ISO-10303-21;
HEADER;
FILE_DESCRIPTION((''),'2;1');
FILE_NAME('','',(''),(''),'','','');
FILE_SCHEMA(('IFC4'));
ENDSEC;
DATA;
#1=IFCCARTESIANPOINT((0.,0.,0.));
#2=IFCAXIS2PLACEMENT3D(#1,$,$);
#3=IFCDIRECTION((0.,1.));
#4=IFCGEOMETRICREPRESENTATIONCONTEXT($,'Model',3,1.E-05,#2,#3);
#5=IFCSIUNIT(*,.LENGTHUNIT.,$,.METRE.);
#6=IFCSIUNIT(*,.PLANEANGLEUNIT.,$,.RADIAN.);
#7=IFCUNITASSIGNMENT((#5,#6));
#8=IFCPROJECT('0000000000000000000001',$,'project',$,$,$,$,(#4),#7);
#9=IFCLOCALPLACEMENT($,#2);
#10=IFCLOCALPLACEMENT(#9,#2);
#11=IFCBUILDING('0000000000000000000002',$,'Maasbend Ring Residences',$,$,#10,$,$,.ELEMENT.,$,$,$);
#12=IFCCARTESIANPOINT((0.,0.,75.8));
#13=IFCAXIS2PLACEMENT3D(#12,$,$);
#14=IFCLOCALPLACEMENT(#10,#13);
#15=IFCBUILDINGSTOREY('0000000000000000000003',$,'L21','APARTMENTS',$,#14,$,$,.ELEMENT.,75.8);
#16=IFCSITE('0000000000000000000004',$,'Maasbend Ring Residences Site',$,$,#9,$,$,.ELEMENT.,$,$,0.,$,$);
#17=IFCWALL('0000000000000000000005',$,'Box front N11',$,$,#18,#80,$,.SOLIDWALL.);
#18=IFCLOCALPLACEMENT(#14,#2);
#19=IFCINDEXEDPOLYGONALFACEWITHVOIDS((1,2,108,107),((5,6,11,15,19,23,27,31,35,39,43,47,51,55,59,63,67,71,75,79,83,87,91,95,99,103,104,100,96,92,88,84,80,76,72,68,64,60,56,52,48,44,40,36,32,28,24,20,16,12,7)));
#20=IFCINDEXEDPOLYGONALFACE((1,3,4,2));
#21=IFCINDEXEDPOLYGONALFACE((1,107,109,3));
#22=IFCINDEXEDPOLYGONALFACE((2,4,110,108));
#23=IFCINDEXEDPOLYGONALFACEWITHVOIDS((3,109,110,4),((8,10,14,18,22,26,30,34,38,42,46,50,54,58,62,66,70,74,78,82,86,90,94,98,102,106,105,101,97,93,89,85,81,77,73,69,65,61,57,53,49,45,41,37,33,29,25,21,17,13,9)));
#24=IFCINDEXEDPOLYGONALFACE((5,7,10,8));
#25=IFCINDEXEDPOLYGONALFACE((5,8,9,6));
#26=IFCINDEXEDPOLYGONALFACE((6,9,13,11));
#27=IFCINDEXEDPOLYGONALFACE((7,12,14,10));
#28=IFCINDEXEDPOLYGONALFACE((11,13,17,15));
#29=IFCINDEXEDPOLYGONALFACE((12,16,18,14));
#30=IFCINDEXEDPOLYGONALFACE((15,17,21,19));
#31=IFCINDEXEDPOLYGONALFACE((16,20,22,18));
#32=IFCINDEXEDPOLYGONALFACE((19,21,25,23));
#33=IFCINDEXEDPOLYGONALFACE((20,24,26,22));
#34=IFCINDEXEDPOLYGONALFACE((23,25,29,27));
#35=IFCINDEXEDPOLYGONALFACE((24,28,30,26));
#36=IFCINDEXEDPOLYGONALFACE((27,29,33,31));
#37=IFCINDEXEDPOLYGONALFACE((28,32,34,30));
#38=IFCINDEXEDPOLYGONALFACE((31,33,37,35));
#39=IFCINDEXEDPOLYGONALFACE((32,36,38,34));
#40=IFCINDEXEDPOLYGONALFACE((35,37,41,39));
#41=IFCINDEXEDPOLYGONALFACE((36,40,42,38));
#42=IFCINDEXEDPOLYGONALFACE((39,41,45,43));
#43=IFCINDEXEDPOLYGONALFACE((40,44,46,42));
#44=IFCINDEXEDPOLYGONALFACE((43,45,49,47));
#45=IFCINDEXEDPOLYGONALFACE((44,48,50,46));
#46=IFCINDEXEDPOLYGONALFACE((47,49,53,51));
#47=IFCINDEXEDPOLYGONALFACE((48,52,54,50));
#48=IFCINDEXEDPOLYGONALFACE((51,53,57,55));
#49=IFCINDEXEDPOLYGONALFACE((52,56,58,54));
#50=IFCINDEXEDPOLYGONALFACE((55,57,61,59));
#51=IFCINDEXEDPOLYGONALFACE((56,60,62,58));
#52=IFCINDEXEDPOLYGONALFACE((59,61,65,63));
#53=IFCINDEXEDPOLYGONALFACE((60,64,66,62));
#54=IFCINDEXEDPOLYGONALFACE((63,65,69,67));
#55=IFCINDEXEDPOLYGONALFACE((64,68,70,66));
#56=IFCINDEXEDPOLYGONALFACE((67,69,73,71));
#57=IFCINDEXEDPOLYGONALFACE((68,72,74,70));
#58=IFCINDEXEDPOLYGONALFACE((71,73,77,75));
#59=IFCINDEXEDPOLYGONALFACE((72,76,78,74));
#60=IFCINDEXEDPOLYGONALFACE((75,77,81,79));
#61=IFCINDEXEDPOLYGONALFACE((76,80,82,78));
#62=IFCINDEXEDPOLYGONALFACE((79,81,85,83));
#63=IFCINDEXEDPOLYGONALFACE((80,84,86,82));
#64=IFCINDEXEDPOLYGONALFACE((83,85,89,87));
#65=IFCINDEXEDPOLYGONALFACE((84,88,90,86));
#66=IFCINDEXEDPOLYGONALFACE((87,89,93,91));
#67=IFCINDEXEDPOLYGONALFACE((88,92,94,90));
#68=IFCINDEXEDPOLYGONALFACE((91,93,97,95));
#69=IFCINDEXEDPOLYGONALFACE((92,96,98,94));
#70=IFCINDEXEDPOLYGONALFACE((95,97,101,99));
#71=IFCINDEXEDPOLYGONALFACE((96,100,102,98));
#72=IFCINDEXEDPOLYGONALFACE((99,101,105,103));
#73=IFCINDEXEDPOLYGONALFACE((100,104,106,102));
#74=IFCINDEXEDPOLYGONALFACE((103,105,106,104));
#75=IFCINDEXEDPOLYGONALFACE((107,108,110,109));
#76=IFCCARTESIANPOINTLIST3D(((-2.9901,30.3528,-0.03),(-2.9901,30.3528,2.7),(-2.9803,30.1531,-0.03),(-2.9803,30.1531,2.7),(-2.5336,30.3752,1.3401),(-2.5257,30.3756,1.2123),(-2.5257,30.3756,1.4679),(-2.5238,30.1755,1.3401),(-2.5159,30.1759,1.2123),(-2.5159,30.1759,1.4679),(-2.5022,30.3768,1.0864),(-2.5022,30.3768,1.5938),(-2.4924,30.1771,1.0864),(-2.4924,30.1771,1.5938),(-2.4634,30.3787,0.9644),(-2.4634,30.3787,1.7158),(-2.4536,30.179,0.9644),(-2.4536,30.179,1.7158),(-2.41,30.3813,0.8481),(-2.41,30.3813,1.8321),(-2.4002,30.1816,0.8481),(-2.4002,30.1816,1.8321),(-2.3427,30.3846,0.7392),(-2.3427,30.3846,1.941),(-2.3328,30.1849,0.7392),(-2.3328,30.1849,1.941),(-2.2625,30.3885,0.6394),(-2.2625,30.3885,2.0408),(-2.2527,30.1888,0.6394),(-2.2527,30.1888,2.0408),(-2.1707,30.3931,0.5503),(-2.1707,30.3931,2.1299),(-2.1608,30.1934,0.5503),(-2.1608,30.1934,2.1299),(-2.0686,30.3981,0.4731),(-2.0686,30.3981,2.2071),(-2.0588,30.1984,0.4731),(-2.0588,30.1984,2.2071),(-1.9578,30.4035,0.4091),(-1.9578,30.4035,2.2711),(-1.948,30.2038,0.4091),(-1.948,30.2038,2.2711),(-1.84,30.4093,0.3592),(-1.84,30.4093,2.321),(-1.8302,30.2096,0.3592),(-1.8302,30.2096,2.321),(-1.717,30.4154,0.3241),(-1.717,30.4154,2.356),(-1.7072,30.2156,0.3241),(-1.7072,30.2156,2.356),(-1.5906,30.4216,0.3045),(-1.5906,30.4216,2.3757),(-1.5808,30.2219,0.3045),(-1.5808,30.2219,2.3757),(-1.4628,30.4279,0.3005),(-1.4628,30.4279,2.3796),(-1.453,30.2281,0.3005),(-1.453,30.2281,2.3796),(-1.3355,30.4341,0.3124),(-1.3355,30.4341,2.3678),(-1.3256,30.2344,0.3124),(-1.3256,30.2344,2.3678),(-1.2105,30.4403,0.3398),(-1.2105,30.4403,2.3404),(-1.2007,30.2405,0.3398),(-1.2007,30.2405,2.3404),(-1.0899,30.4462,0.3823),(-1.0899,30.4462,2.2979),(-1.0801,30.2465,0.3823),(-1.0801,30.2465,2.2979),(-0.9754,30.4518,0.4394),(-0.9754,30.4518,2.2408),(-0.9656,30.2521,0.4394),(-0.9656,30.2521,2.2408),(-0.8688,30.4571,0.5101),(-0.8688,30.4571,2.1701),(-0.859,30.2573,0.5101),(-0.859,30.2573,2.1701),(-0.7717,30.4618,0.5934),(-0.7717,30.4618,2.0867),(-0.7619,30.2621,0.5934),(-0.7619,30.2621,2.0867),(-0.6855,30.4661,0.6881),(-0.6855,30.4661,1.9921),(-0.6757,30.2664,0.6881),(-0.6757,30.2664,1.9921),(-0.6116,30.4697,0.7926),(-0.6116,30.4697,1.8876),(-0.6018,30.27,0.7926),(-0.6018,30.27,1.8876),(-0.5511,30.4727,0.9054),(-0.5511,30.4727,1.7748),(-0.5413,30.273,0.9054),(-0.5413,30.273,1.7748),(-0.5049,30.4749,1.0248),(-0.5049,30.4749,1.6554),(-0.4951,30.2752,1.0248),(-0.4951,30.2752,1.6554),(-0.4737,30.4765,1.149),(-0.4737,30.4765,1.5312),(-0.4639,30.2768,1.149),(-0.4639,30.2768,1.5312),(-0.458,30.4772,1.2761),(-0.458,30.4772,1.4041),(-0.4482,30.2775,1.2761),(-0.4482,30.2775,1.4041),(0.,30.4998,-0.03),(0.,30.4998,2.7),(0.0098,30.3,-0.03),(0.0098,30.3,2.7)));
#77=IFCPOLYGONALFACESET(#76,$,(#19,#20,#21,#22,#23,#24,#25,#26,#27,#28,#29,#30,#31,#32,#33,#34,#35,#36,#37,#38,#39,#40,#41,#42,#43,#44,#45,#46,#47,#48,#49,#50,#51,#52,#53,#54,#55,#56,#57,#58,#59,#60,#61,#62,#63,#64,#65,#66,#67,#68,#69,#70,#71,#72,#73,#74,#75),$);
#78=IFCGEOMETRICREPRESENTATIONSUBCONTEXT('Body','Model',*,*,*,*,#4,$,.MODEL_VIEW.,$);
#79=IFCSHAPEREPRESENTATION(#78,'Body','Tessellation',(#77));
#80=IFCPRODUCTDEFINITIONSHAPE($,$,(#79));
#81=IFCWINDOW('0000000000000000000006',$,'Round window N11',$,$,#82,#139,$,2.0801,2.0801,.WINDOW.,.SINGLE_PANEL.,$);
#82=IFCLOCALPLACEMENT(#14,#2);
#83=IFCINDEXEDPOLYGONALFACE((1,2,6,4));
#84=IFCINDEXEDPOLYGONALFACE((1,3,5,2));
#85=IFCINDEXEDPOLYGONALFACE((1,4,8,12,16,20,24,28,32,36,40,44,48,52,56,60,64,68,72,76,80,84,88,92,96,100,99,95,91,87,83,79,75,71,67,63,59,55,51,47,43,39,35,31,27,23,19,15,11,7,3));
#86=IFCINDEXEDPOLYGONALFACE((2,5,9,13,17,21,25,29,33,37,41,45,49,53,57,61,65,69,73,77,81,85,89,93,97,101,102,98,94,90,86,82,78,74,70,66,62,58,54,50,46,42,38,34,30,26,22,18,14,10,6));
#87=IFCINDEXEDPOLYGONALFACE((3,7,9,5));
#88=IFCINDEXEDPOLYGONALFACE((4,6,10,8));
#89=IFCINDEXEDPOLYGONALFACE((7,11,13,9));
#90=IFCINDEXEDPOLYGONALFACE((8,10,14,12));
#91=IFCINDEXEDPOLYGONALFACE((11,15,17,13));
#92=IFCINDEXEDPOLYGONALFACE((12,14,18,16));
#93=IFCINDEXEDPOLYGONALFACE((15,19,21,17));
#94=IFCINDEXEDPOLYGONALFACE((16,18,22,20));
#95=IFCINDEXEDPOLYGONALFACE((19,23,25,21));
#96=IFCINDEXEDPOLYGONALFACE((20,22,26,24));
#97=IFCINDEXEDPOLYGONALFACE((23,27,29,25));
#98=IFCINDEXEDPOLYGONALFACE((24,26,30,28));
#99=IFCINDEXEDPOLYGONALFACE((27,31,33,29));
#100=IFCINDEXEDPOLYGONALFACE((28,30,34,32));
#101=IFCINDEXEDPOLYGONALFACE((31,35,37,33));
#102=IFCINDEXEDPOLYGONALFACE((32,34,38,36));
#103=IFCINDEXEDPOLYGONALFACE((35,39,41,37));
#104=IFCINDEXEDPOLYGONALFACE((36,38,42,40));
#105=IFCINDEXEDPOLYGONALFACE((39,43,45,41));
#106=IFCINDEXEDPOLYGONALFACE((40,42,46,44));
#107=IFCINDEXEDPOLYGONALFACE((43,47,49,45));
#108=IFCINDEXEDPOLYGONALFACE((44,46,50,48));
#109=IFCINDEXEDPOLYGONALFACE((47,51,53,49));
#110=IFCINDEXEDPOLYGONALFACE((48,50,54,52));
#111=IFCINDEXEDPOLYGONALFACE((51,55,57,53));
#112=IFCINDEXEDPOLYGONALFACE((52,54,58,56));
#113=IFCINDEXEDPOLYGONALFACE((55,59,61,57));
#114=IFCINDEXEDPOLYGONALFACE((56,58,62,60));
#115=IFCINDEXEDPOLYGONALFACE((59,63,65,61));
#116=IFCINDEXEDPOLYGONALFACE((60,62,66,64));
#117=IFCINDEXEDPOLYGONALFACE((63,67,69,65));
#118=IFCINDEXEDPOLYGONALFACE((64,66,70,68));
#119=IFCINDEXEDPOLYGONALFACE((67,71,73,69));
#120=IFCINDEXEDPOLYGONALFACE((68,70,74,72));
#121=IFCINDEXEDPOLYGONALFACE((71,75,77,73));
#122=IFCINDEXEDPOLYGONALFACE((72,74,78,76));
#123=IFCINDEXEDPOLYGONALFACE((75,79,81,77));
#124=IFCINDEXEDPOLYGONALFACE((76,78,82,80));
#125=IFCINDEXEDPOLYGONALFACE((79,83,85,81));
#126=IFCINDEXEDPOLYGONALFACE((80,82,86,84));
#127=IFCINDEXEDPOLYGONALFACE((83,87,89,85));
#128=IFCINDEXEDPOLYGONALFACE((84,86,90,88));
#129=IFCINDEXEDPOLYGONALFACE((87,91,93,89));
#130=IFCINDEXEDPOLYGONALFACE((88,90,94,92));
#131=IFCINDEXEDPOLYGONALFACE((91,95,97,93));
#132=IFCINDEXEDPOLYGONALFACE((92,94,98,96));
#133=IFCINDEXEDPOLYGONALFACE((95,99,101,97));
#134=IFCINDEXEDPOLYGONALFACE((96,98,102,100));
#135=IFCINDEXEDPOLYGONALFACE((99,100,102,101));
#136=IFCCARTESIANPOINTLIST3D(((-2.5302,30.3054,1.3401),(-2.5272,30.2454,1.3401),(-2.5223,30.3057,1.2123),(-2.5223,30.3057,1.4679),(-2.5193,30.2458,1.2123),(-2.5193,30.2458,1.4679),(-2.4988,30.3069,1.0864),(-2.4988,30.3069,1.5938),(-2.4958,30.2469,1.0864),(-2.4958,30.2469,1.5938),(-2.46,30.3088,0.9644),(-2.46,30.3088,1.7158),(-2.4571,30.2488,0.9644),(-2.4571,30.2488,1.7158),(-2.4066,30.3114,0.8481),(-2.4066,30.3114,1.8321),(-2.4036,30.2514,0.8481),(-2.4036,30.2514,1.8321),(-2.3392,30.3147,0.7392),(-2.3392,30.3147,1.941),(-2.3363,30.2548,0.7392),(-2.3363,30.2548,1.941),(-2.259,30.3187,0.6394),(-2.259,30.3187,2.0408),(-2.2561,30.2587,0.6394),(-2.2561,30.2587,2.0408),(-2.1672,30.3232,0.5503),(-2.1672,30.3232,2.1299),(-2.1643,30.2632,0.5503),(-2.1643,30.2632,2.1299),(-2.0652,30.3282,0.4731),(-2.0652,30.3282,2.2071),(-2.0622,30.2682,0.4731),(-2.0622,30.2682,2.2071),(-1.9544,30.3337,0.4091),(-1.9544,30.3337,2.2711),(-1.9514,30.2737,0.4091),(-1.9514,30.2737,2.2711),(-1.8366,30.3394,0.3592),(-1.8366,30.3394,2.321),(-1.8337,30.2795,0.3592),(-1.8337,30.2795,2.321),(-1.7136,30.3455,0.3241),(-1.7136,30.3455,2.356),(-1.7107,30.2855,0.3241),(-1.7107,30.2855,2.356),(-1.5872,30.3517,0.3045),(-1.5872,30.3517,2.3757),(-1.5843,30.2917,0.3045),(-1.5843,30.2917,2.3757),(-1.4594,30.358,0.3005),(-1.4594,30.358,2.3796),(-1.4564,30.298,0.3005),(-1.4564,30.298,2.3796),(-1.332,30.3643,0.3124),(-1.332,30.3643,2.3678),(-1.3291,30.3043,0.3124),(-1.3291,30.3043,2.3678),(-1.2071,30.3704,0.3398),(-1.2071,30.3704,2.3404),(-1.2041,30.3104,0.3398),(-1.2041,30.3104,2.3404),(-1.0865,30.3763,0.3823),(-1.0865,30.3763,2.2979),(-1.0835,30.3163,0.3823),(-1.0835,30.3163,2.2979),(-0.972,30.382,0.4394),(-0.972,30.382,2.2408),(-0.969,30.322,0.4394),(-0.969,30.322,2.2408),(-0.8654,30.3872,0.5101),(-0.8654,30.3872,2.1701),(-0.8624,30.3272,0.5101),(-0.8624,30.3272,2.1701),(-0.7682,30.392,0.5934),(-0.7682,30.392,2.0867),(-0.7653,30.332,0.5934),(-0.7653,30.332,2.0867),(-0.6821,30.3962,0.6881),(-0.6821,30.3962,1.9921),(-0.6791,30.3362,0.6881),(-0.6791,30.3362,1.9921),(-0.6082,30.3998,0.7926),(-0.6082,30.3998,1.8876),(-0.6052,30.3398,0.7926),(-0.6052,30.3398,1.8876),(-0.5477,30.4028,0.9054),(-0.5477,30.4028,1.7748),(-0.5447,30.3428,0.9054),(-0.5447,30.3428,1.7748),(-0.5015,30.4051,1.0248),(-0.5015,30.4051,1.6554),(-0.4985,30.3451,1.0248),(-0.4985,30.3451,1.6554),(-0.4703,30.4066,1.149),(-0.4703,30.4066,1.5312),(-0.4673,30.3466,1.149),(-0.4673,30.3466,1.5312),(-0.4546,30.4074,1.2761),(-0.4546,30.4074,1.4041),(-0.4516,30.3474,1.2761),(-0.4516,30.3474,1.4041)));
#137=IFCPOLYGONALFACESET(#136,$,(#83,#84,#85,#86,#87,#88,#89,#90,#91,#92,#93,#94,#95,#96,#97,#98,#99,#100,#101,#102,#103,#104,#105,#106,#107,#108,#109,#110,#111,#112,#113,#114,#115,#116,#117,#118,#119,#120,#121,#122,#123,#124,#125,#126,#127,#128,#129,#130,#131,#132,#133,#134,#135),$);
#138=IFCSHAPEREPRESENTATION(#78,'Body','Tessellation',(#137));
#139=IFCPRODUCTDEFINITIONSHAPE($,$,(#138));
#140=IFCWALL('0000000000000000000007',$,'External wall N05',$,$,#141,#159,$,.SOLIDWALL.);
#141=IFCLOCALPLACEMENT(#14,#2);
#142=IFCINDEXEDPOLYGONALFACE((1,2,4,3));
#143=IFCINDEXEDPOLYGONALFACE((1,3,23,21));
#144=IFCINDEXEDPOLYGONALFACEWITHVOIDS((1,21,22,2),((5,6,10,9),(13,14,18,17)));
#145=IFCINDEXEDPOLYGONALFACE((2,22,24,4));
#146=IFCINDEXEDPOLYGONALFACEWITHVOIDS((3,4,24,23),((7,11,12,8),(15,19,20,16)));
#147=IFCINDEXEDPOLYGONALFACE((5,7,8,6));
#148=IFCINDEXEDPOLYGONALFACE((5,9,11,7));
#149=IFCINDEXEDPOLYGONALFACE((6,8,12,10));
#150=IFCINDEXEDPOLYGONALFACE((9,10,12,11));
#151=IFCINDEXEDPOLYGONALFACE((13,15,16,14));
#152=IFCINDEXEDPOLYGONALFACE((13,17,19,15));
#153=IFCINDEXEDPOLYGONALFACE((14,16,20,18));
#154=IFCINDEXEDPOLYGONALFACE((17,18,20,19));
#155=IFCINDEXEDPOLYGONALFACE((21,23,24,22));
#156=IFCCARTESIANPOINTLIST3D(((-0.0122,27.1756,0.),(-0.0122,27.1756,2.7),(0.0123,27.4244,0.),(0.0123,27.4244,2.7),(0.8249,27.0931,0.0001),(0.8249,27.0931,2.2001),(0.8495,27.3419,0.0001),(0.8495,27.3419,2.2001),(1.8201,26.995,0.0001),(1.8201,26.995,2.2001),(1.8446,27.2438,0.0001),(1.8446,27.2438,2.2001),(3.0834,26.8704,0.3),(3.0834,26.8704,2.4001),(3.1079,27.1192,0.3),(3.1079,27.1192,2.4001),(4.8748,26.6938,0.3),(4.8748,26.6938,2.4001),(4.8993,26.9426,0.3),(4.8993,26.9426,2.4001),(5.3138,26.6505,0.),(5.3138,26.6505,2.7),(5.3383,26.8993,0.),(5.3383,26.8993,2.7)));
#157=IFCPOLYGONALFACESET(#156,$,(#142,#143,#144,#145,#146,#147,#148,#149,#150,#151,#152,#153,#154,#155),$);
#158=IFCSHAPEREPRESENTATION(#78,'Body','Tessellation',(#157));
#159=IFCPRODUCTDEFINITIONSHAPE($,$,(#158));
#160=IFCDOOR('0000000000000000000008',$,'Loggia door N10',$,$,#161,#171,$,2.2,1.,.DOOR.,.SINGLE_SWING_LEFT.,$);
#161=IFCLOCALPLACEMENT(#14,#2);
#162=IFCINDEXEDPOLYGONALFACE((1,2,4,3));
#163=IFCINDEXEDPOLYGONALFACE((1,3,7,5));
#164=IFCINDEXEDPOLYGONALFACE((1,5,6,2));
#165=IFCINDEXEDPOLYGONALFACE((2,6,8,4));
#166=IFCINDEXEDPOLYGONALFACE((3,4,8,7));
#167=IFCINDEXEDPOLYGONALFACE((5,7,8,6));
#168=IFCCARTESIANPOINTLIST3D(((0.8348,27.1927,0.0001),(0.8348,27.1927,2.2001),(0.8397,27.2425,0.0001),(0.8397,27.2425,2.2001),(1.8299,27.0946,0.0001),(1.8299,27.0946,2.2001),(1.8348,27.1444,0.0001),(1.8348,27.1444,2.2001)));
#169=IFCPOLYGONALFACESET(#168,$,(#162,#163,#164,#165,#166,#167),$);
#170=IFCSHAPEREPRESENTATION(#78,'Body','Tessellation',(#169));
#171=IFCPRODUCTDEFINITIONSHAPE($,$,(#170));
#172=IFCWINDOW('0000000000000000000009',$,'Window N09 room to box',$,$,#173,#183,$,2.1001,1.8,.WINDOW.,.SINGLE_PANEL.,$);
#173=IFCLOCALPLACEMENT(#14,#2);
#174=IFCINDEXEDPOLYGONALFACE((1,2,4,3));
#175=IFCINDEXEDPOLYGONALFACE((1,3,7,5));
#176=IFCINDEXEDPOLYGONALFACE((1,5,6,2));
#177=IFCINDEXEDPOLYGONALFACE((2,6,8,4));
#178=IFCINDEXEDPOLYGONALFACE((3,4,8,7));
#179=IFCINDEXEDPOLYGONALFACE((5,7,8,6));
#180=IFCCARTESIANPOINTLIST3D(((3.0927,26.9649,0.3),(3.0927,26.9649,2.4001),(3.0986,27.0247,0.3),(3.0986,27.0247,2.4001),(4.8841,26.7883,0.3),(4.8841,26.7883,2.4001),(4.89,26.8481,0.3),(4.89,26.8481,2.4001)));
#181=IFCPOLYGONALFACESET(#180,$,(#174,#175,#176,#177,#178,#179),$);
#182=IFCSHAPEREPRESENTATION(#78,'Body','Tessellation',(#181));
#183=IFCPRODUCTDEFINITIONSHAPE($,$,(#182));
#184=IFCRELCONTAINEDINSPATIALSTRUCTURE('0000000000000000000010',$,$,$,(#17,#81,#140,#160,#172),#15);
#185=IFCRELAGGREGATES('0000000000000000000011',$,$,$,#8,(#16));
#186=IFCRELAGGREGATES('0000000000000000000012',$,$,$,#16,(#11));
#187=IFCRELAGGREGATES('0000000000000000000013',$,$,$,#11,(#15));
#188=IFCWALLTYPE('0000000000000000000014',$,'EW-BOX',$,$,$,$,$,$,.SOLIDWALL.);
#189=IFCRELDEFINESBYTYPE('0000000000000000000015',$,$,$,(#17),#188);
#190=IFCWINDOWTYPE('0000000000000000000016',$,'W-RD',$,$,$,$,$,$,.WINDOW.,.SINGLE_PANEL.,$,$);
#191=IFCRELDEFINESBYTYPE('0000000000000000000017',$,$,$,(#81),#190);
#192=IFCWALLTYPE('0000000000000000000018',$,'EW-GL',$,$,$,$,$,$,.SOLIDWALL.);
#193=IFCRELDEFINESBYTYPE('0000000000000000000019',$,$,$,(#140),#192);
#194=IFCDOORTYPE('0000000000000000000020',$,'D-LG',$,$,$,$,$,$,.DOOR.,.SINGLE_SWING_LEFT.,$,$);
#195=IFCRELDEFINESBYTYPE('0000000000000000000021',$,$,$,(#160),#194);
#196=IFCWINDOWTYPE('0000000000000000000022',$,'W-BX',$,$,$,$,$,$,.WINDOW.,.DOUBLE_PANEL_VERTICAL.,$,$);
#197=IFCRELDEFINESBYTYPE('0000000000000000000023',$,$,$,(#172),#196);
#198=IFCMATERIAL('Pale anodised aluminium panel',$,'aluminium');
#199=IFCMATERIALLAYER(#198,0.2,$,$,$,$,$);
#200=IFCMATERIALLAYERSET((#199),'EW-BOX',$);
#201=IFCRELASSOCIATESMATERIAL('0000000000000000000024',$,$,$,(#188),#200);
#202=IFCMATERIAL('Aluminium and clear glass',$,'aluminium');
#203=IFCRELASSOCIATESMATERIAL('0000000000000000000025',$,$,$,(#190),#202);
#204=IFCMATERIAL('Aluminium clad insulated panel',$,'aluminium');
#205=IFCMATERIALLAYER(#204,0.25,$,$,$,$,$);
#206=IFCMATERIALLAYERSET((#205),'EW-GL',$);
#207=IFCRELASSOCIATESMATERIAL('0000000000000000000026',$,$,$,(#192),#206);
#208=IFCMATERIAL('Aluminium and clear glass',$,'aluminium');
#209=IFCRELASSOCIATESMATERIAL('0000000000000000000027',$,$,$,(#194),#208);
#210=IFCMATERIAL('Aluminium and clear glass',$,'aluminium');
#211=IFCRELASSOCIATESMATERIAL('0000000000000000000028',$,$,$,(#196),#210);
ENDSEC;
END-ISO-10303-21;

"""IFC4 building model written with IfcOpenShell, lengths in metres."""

from ifc_helpers import new_model, si_unit, direction, frame, frame_2d, origin, place, context, subcontext, project, spatial, rectangle, circle, extrude, material, layer, layer_set, type_object, element, fill, save


model = new_model("IFC4")

# Units and contexts
model_context = context("Model", 3, precision=1e-05, world=origin(), true_north=direction((0.0, 1.0)))
body_context = subcontext(model_context, "Body", "Model", "MODEL_VIEW")
ifc_project = project(units=[si_unit("LENGTHUNIT", "METRE"), si_unit("PLANEANGLEUNIT", "RADIAN")], contexts=[model_context])

# Site, building, storey
site_placement = place(None, origin())
site = spatial("IfcSite", under=ifc_project, at=site_placement, Name="Maasbend Ring Residences Site", CompositionType="ELEMENT", RefElevation=0.0)
building_placement = place(site_placement, origin())
building = spatial("IfcBuilding", under=site, at=building_placement, Name="Maasbend Ring Residences", CompositionType="ELEMENT")
storey_placement = place(building_placement, frame((0.0, 0.0, 75.8)))
storey = spatial("IfcBuildingStorey", under=building, at=storey_placement, Name="L21", Description="APARTMENTS", CompositionType="ELEMENT", Elevation=75.8)

# Shared definitions
ifc_material_1 = material(Name="Pale anodised aluminium panel", Category="aluminium")
ifc_layer_1 = layer(ifc_material_1, 0.2)
ifc_layer_set_1 = layer_set([ifc_layer_1], Name="EW-BOX")
wall_type_1 = type_object("IfcWallType", Name="EW-BOX", PredefinedType="SOLIDWALL", material=ifc_layer_set_1)

# Shared definitions
ifc_material_2 = material(Name="Aluminium and clear glass", Category="aluminium")
window_type_1 = type_object("IfcWindowType", Name="W-RD", PartitioningType="SINGLE_PANEL", PredefinedType="WINDOW", material=ifc_material_2)

# Wall, opening, window
wall_1_placement = place(storey_placement, frame((0.0049, 30.3999, -0.03), z_axis=(0.0, 0.0, 1.0), x_axis=(-0.998794, -0.049096, 0.0)))
wall_1 = element("IfcWall", 1, at=wall_1_placement, inside=storey, type_object=wall_type_1, Name="Box front N11", PredefinedType="SOLIDWALL", context=body_context, shape_type="SweptSolid", body=[
    extrude(rectangle(XDim=2.9937, YDim=0.2, at=frame_2d((1.4968, 0.0))), origin(), (0.0, 0.0, 1.0), 2.73),
])
opening_1_placement = place(wall_1_placement, frame((0.4565, 0.0, 0.3301)))
opening_1 = element("IfcOpeningElement", 2, at=opening_1_placement, cuts=wall_1, PredefinedType="OPENING", context=body_context, shape_type="SweptSolid", body=[
    extrude(circle(Radius=1.04, at=frame_2d((1.04, 1.04))), frame((0.0, 0.1099, 0.0), z_axis=(0.0, -1.0, 0.0), x_axis=(1.0, 0.0, 0.0)), (0.0, 0.0, 1.0), 0.22),
])
window_1_placement = place(opening_1_placement, origin())
window_1 = element("IfcWindow", 3, at=window_1_placement, inside=storey, type_object=window_type_1, Name="Round window N11", OverallHeight=2.0801, OverallWidth=2.0801, PartitioningType="SINGLE_PANEL", PredefinedType="WINDOW", context=body_context, shape_type="SweptSolid", body=[
    extrude(circle(Radius=1.04, at=frame_2d((1.04, 1.04))), frame((0.0, 0.03, 0.0), z_axis=(0.0, -1.0, 0.0), x_axis=(1.0, 0.0, 0.0)), (0.0, 0.0, 1.0), 0.0601),
])
fill(opening_1, window_1)

# Wall, openings, door, window
ifc_material_3 = material(Name="Aluminium clad insulated panel", Category="aluminium")
ifc_layer_2 = layer(ifc_material_3, 0.25)
ifc_layer_set_2 = layer_set([ifc_layer_2], Name="EW-GL")
wall_type_2 = type_object("IfcWallType", Name="EW-GL", PredefinedType="SOLIDWALL", material=ifc_layer_set_2)
wall_2_placement = place(storey_placement, frame((5.3259, 26.7749, 0.0), z_axis=(0.0, 0.0, 1.0), x_axis=(-0.995174, 0.098126, 0.0)))
wall_2 = element("IfcWall", 4, at=wall_2_placement, inside=storey, type_object=wall_type_2, Name="External wall N05", PredefinedType="SOLIDWALL", context=body_context, shape_type="SweptSolid", body=[
    extrude(rectangle(XDim=5.3518, YDim=0.25, at=frame_2d((2.6758, 0.0))), origin(), (0.0, 0.0, 1.0), 2.7),
])
opening_2_placement = place(wall_2_placement, frame((0.4412, 0.0, 0.3)))
opening_2 = element("IfcOpeningElement", 5, at=opening_2_placement, cuts=wall_2, PredefinedType="OPENING", context=body_context, shape_type="SweptSolid", body=[
    extrude(rectangle(XDim=1.8, YDim=2.1001, at=frame_2d((0.8999, 1.05))), frame((0.0, 0.135, 0.0), z_axis=(0.0, -1.0, 0.0), x_axis=(1.0, 0.0, 0.0)), (0.0, 0.0, 1.0), 0.27),
])
opening_3_placement = place(wall_2_placement, frame((3.5105, 0.0, 0.0)))
opening_3 = element("IfcOpeningElement", 6, at=opening_3_placement, cuts=wall_2, PredefinedType="OPENING", context=body_context, shape_type="SweptSolid", body=[
    extrude(rectangle(XDim=1.0, YDim=2.2, at=frame_2d((0.5, 1.1001))), frame((0.0, 0.135, 0.0), z_axis=(0.0, -1.0, 0.0), x_axis=(1.0, 0.0, 0.0)), (0.0, 0.0, 1.0), 0.27),
])
ifc_material_4 = material(Name="Aluminium and clear glass", Category="aluminium")
door_type_1 = type_object("IfcDoorType", Name="D-LG", OperationType="SINGLE_SWING_LEFT", PredefinedType="DOOR", material=ifc_material_4)
door_1_placement = place(opening_3_placement, origin())
door_1 = element("IfcDoor", 7, at=door_1_placement, inside=storey, type_object=door_type_1, Name="Loggia door N10", OperationType="SINGLE_SWING_LEFT", OverallHeight=2.2, OverallWidth=1.0, PredefinedType="DOOR", context=body_context, shape_type="SweptSolid", body=[
    extrude(rectangle(XDim=1.0, YDim=2.2, at=frame_2d((0.5, 1.1001))), frame((0.0, 0.0249, 0.0), z_axis=(0.0, -1.0, 0.0), x_axis=(1.0, 0.0, 0.0)), (0.0, 0.0, 1.0), 0.05),
])
fill(opening_3, door_1)
ifc_material_5 = material(Name="Aluminium and clear glass", Category="aluminium")
window_type_2 = type_object("IfcWindowType", Name="W-BX", PartitioningType="DOUBLE_PANEL_VERTICAL", PredefinedType="WINDOW", material=ifc_material_5)
window_2_placement = place(opening_2_placement, origin())
window_2 = element("IfcWindow", 8, at=window_2_placement, inside=storey, type_object=window_type_2, Name="Window N09 room to box", OverallHeight=2.1001, OverallWidth=1.8, PartitioningType="SINGLE_PANEL", PredefinedType="WINDOW", context=body_context, shape_type="SweptSolid", body=[
    extrude(rectangle(XDim=1.8, YDim=2.1001, at=frame_2d((0.8999, 1.05))), frame((0.0, 0.03, 0.0), z_axis=(0.0, -1.0, 0.0), x_axis=(1.0, 0.0, 0.0)), (0.0, 0.0, 1.0), 0.0601),
])
fill(opening_2, window_2)

save(model, "model.ifc")
